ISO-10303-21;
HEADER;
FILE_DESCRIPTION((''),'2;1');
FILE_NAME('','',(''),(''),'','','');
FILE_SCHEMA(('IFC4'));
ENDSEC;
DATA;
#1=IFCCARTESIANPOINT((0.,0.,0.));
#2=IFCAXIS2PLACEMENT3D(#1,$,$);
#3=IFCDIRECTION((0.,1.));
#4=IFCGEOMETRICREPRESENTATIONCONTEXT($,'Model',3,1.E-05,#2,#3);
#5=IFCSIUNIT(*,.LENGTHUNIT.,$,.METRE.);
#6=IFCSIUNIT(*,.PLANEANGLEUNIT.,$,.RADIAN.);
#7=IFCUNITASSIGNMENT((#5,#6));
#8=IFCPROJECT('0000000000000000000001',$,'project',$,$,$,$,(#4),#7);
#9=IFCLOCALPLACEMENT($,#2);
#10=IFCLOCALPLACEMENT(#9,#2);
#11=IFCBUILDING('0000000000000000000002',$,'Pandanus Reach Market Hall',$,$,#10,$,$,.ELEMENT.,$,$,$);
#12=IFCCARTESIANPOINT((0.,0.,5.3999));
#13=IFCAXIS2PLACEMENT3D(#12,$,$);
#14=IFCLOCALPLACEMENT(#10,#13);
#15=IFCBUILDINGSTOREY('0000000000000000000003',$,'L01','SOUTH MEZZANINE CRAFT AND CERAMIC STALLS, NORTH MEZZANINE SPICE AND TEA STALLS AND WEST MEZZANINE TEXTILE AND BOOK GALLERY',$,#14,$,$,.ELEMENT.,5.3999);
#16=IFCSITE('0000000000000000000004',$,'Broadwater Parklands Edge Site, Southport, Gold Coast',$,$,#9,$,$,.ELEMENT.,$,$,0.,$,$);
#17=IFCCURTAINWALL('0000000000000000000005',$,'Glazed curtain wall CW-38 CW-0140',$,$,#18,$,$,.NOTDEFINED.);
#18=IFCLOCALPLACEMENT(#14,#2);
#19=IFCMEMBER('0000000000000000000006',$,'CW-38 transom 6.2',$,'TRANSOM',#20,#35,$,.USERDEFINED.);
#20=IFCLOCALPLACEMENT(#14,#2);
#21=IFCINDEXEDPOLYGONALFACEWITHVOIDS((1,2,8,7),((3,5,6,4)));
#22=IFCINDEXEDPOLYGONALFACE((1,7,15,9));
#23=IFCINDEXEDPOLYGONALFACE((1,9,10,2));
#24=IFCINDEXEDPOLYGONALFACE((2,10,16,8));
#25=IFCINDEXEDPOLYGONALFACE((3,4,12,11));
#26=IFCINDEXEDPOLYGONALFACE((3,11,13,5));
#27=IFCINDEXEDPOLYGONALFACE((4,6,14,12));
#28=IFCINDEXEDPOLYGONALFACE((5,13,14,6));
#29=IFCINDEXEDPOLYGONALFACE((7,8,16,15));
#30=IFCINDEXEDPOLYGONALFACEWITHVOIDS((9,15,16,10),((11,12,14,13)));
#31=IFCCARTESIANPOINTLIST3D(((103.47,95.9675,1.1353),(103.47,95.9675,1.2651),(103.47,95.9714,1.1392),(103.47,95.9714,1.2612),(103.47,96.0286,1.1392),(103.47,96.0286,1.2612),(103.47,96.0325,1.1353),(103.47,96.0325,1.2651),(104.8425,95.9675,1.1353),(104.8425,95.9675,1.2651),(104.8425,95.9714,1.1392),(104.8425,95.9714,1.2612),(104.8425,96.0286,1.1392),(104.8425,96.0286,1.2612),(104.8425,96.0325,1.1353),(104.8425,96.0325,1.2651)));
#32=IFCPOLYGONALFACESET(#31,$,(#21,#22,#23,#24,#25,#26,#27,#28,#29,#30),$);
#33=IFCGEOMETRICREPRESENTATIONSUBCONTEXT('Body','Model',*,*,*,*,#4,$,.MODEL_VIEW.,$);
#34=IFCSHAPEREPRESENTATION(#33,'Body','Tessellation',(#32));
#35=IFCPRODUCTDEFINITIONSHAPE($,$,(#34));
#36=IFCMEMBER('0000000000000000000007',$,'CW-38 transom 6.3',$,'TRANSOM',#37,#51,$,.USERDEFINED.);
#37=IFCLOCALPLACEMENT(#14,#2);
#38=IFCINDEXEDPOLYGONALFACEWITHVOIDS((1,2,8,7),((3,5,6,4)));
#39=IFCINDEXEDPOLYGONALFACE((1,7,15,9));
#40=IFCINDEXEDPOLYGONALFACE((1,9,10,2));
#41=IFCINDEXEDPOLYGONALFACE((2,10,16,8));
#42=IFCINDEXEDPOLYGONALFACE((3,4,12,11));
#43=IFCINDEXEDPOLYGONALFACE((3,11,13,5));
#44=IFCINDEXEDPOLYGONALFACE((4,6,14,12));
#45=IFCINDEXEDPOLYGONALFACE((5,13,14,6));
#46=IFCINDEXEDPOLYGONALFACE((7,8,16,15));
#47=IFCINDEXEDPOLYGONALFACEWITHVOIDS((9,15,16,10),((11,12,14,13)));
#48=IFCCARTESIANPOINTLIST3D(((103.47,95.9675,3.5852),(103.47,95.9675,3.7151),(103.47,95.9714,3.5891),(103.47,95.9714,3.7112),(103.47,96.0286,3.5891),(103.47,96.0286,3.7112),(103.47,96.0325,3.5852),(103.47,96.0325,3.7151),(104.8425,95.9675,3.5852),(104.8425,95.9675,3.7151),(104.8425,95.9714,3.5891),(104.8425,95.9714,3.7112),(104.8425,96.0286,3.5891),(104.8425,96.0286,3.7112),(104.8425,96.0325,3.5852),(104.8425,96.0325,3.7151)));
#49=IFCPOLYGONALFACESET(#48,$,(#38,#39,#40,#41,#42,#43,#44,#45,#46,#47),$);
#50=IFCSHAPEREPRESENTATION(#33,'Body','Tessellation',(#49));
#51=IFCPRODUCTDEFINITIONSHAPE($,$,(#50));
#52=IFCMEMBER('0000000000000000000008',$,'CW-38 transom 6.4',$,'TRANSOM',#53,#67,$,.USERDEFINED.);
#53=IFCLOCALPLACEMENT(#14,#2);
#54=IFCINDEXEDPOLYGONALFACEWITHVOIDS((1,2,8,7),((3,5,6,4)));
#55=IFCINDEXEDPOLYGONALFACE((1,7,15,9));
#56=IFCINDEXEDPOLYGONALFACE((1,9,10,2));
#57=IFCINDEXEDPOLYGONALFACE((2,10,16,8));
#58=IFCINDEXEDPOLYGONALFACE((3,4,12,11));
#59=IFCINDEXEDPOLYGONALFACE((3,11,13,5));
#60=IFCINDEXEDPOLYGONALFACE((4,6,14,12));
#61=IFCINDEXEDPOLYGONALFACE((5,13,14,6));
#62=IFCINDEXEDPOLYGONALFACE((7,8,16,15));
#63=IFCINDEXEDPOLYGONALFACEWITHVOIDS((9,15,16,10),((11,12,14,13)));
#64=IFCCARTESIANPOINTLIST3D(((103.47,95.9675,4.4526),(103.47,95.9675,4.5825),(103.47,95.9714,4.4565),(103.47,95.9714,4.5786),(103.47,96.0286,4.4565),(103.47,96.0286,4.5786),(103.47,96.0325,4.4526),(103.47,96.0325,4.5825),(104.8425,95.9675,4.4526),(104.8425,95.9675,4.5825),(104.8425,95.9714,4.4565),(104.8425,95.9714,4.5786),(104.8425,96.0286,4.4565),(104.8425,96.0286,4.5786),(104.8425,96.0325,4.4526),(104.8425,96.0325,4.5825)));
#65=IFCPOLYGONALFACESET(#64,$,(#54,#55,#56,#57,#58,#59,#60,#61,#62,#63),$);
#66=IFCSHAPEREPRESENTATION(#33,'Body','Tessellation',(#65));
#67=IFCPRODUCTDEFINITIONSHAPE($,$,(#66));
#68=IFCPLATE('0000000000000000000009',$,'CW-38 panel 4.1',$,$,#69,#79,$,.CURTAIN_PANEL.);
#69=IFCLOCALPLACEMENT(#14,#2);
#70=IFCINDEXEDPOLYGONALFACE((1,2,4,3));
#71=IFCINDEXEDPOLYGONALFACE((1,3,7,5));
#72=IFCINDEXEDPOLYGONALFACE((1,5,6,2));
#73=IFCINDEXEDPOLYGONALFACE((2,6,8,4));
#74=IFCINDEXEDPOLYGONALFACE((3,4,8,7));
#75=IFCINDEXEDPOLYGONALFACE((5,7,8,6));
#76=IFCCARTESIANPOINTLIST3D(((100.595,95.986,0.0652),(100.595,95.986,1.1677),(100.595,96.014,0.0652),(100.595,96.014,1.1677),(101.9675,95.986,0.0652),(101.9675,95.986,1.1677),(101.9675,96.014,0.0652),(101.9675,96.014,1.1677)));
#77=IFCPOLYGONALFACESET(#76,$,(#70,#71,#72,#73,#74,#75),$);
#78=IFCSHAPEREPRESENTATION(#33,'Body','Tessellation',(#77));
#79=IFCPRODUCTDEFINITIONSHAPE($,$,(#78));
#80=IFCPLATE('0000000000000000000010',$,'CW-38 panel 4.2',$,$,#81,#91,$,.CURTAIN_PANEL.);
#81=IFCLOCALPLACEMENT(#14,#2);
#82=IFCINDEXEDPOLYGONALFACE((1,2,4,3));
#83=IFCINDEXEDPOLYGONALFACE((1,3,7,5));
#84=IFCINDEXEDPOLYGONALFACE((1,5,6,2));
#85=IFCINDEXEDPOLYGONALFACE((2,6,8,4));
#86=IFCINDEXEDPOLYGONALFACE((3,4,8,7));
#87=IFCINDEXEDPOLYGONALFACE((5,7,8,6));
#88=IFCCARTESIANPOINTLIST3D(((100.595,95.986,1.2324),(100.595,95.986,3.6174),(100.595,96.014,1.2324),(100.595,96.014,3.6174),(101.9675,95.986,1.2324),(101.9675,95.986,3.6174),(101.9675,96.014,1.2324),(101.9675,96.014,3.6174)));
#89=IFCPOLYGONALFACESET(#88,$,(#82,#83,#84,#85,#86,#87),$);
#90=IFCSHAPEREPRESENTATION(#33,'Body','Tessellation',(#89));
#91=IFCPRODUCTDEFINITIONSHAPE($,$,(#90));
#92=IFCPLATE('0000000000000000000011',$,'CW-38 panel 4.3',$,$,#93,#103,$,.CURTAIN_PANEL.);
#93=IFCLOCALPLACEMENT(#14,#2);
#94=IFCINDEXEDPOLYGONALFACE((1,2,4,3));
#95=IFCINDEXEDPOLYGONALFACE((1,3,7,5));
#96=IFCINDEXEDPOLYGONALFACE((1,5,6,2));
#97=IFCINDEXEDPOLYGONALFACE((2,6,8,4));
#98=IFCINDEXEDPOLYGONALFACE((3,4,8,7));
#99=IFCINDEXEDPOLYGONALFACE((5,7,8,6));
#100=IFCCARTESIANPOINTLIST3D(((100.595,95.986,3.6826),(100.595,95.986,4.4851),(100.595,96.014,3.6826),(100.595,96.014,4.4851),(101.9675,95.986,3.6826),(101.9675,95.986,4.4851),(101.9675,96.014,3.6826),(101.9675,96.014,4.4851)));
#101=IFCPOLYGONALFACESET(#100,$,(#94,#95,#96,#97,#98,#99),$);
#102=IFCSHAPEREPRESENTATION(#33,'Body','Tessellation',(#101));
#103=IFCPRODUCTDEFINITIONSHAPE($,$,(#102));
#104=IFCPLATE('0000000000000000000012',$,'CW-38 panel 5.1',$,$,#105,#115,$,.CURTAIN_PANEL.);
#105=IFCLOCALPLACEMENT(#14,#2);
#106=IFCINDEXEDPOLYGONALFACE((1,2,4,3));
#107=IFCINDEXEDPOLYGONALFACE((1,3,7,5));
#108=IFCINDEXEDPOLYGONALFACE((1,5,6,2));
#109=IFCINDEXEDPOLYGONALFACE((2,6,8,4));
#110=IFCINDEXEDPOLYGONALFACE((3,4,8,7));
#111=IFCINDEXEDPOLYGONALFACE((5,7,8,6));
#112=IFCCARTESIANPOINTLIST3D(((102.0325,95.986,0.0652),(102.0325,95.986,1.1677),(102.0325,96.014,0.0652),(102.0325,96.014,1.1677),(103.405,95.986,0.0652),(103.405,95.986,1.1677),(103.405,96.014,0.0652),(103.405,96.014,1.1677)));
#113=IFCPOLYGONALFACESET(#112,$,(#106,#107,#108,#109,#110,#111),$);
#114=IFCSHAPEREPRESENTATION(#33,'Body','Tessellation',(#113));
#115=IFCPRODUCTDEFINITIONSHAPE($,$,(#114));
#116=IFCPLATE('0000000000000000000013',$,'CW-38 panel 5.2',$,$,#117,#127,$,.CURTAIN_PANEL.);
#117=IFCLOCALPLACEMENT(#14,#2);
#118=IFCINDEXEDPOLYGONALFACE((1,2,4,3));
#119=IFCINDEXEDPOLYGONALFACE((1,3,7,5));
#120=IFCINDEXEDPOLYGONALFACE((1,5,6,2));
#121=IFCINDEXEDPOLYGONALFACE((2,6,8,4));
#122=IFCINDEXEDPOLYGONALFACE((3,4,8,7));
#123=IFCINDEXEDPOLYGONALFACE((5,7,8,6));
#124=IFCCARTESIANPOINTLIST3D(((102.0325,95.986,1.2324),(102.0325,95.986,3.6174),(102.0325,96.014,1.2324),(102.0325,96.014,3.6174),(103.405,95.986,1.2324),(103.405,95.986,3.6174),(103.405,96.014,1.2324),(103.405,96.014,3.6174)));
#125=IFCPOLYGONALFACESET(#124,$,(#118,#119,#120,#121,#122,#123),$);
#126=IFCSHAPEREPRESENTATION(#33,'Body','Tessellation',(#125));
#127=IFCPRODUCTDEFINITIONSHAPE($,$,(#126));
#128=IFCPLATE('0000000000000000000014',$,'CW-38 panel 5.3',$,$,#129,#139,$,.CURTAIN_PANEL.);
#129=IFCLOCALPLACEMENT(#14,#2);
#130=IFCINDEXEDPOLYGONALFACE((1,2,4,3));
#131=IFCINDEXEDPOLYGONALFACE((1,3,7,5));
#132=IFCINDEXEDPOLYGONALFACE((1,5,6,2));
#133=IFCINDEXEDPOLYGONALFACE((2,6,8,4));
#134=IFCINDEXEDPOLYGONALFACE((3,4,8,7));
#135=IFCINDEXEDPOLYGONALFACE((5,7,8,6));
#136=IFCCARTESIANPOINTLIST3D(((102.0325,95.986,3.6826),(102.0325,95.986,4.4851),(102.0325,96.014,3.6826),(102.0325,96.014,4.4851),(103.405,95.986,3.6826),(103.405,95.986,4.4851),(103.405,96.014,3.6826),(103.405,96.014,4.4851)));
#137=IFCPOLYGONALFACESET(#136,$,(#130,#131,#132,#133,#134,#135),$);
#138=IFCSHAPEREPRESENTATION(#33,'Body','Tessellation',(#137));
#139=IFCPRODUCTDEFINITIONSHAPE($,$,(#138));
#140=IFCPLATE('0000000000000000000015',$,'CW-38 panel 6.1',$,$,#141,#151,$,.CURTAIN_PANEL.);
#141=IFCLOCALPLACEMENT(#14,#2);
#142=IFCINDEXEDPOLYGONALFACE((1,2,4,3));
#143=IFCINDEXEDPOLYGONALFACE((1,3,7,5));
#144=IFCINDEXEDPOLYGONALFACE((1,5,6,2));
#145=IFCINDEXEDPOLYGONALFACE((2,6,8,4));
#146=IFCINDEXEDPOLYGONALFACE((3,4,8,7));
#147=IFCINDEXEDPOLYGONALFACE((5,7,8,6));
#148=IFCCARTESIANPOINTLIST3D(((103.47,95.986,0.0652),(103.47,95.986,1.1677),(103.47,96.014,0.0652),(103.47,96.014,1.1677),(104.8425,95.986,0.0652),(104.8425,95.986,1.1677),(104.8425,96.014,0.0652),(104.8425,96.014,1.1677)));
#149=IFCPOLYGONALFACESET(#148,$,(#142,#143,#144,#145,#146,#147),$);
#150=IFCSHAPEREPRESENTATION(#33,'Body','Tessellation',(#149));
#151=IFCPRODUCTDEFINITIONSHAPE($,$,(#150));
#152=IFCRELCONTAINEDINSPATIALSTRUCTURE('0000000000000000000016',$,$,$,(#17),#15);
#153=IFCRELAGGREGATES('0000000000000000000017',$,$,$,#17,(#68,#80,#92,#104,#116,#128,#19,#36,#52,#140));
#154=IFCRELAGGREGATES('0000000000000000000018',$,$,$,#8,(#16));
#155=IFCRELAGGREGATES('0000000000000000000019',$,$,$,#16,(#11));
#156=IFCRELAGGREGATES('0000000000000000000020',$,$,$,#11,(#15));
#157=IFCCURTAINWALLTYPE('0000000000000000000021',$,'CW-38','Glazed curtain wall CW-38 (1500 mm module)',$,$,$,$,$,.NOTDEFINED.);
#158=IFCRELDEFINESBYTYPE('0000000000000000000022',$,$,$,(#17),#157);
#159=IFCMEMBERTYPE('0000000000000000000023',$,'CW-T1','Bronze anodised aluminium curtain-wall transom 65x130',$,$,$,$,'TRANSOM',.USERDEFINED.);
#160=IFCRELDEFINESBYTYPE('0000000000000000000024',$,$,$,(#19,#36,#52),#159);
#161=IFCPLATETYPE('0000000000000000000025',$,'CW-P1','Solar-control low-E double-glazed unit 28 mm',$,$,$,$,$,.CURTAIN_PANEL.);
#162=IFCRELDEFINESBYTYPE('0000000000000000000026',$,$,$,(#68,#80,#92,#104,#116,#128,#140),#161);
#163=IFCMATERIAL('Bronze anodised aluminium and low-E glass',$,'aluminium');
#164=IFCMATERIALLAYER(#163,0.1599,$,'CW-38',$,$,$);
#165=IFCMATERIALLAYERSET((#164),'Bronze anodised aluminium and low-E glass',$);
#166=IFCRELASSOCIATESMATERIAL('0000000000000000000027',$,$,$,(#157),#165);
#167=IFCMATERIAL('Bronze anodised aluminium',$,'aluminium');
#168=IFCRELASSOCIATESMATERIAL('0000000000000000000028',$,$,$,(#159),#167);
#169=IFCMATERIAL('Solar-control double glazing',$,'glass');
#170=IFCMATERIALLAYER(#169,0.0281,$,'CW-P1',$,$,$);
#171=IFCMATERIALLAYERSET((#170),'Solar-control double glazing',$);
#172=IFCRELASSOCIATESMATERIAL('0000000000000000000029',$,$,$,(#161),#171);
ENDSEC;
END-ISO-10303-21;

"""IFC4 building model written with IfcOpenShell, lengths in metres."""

from ifc_helpers import new_model, si_unit, direction, frame, origin, origin_2d, place, context, subcontext, project, spatial, rectangle, hollow_rectangle, extrude, material, layer, layer_set, material_profile, profile_set, type_object, element, aggregate, save


model = new_model("IFC4")

# Units and contexts
model_context = context("Model", 3, precision=1e-05, world=origin(), true_north=direction((0.0, 1.0)))
body_context = subcontext(model_context, "Body", "Model", "MODEL_VIEW")
ifc_project = project(units=[si_unit("LENGTHUNIT", "METRE"), si_unit("PLANEANGLEUNIT", "RADIAN")], contexts=[model_context])

# Site, building, storey
site_placement = place(None, origin())
site = spatial("IfcSite", under=ifc_project, at=site_placement, Name="Broadwater Parklands Edge Site, Southport, Gold Coast", CompositionType="ELEMENT", RefElevation=0.0)
building_placement = place(site_placement, origin())
building = spatial("IfcBuilding", under=site, at=building_placement, Name="Pandanus Reach Market Hall", CompositionType="ELEMENT")
storey_placement = place(building_placement, frame((0.0, 0.0, 5.3999)))
storey = spatial("IfcBuildingStorey", under=building, at=storey_placement, Name="L01", Description="SOUTH MEZZANINE CRAFT AND CERAMIC STALLS, NORTH MEZZANINE SPICE AND TEA STALLS AND WEST MEZZANINE TEXTILE AND BOOK GALLERY", CompositionType="ELEMENT", Elevation=5.3999)

# Curtain wall, members, plates
ifc_material_1 = material(Name="Bronze anodised aluminium and low-E glass", Category="aluminium")
ifc_layer_1 = layer(ifc_material_1, 0.1599, Name="CW-38")
ifc_layer_set_1 = layer_set([ifc_layer_1], Name="Bronze anodised aluminium and low-E glass")
curtain_wall_type = type_object("IfcCurtainWallType", Name="CW-38", Description="Glazed curtain wall CW-38 (1500 mm module)", PredefinedType="NOTDEFINED", material=ifc_layer_set_1)
curtain_wall_placement = place(storey_placement, origin())
curtain_wall = element("IfcCurtainWall", 1, at=curtain_wall_placement, inside=storey, type_object=curtain_wall_type, Name="Glazed curtain wall CW-38 CW-0140", PredefinedType="NOTDEFINED")
ifc_material_2 = material(Name="Bronze anodised aluminium", Category="aluminium")
ifc_material_profile_1 = material_profile(ifc_material_2, hollow_rectangle(XDim=0.0649, YDim=0.1299, WallThickness=0.0039, at=origin_2d()), Name="ALU65x130", Category="LoadBearing")
ifc_profile_set_1 = profile_set([ifc_material_profile_1], Name="Bronze anodised aluminium")
member_type_1 = type_object("IfcMemberType", Name="CW-T1", Description="Bronze anodised aluminium curtain-wall transom 65x130", ElementType="TRANSOM", PredefinedType="USERDEFINED", material=ifc_profile_set_1)
member_1_placement = place(storey_placement, frame((103.47, 96.0, 1.2002), z_axis=(1.0, 0.0, 0.0), x_axis=(0.0, 1.0, 0.0)))
member_1 = element("IfcMember", 2, at=member_1_placement, type_object=member_type_1, Name="CW-38 transom 6.2", ObjectType="TRANSOM", PredefinedType="USERDEFINED", context=body_context, shape_type="SweptSolid", body=[
    extrude(hollow_rectangle(XDim=0.0649, YDim=0.1299, WallThickness=0.0039, at=origin_2d()), origin(), (0.0, 0.0, 1.0), 1.3726),
])
member_2_placement = place(storey_placement, frame((103.47, 96.0, 3.6501), z_axis=(1.0, 0.0, 0.0), x_axis=(0.0, 1.0, 0.0)))
member_2 = element("IfcMember", 3, at=member_2_placement, type_object=member_type_1, Name="CW-38 transom 6.3", ObjectType="TRANSOM", PredefinedType="USERDEFINED", context=body_context, shape_type="SweptSolid", body=[
    extrude(hollow_rectangle(XDim=0.0649, YDim=0.1299, WallThickness=0.0039, at=origin_2d()), origin(), (0.0, 0.0, 1.0), 1.3726),
])
member_3_placement = place(storey_placement, frame((103.47, 96.0, 4.5176), z_axis=(1.0, 0.0, 0.0), x_axis=(0.0, 1.0, 0.0)))
member_3 = element("IfcMember", 4, at=member_3_placement, type_object=member_type_1, Name="CW-38 transom 6.4", ObjectType="TRANSOM", PredefinedType="USERDEFINED", context=body_context, shape_type="SweptSolid", body=[
    extrude(hollow_rectangle(XDim=0.0649, YDim=0.1299, WallThickness=0.0039, at=origin_2d()), origin(), (0.0, 0.0, 1.0), 1.3726),
])
ifc_material_3 = material(Name="Solar-control double glazing", Category="glass")
ifc_layer_2 = layer(ifc_material_3, 0.0281, Name="CW-P1")
ifc_layer_set_2 = layer_set([ifc_layer_2], Name="Solar-control double glazing")
plate_type = type_object("IfcPlateType", Name="CW-P1", Description="Solar-control low-E double-glazed unit 28 mm", PredefinedType="CURTAIN_PANEL", material=ifc_layer_set_2)
plate_1_placement = place(storey_placement, frame((101.2812, 96.0, 0.0652), z_axis=(0.0, 0.0, 1.0), x_axis=(1.0, 0.0, 0.0)))
plate_1 = element("IfcPlate", 5, at=plate_1_placement, type_object=plate_type, Name="CW-38 panel 4.1", PredefinedType="CURTAIN_PANEL", context=body_context, shape_type="SweptSolid", body=[
    extrude(rectangle(XDim=1.3726, YDim=0.0281, at=origin_2d()), origin(), (0.0, 0.0, 1.0), 1.1025),
])
plate_2_placement = place(storey_placement, frame((101.2812, 96.0, 1.2324), z_axis=(0.0, 0.0, 1.0), x_axis=(1.0, 0.0, 0.0)))
plate_2 = element("IfcPlate", 6, at=plate_2_placement, type_object=plate_type, Name="CW-38 panel 4.2", PredefinedType="CURTAIN_PANEL", context=body_context, shape_type="SweptSolid", body=[
    extrude(rectangle(XDim=1.3726, YDim=0.0281, at=origin_2d()), origin(), (0.0, 0.0, 1.0), 2.385),
])
plate_3_placement = place(storey_placement, frame((101.2812, 96.0, 3.6826), z_axis=(0.0, 0.0, 1.0), x_axis=(1.0, 0.0, 0.0)))
plate_3 = element("IfcPlate", 7, at=plate_3_placement, type_object=plate_type, Name="CW-38 panel 4.3", PredefinedType="CURTAIN_PANEL", context=body_context, shape_type="SweptSolid", body=[
    extrude(rectangle(XDim=1.3726, YDim=0.0281, at=origin_2d()), origin(), (0.0, 0.0, 1.0), 0.8025),
])
plate_4_placement = place(storey_placement, frame((102.7188, 96.0, 0.0652), z_axis=(0.0, 0.0, 1.0), x_axis=(1.0, 0.0, 0.0)))
plate_4 = element("IfcPlate", 8, at=plate_4_placement, type_object=plate_type, Name="CW-38 panel 5.1", PredefinedType="CURTAIN_PANEL", context=body_context, shape_type="SweptSolid", body=[
    extrude(rectangle(XDim=1.3726, YDim=0.0281, at=origin_2d()), origin(), (0.0, 0.0, 1.0), 1.1025),
])
plate_5_placement = place(storey_placement, frame((102.7188, 96.0, 1.2324), z_axis=(0.0, 0.0, 1.0), x_axis=(1.0, 0.0, 0.0)))
plate_5 = element("IfcPlate", 9, at=plate_5_placement, type_object=plate_type, Name="CW-38 panel 5.2", PredefinedType="CURTAIN_PANEL", context=body_context, shape_type="SweptSolid", body=[
    extrude(rectangle(XDim=1.3726, YDim=0.0281, at=origin_2d()), origin(), (0.0, 0.0, 1.0), 2.385),
])
plate_6_placement = place(storey_placement, frame((102.7188, 96.0, 3.6826), z_axis=(0.0, 0.0, 1.0), x_axis=(1.0, 0.0, 0.0)))
plate_6 = element("IfcPlate", 10, at=plate_6_placement, type_object=plate_type, Name="CW-38 panel 5.3", PredefinedType="CURTAIN_PANEL", context=body_context, shape_type="SweptSolid", body=[
    extrude(rectangle(XDim=1.3726, YDim=0.0281, at=origin_2d()), origin(), (0.0, 0.0, 1.0), 0.8025),
])
plate_7_placement = place(storey_placement, frame((104.1562, 96.0, 0.0652), z_axis=(0.0, 0.0, 1.0), x_axis=(1.0, 0.0, 0.0)))
plate_7 = element("IfcPlate", 11, at=plate_7_placement, type_object=plate_type, Name="CW-38 panel 6.1", PredefinedType="CURTAIN_PANEL", context=body_context, shape_type="SweptSolid", body=[
    extrude(rectangle(XDim=1.3726, YDim=0.0281, at=origin_2d()), origin(), (0.0, 0.0, 1.0), 1.1025),
])
aggregate(curtain_wall, [plate_1, plate_2, plate_3, plate_4, plate_5, plate_6, member_1, member_2, member_3, plate_7])

save(model, "model.ifc")
